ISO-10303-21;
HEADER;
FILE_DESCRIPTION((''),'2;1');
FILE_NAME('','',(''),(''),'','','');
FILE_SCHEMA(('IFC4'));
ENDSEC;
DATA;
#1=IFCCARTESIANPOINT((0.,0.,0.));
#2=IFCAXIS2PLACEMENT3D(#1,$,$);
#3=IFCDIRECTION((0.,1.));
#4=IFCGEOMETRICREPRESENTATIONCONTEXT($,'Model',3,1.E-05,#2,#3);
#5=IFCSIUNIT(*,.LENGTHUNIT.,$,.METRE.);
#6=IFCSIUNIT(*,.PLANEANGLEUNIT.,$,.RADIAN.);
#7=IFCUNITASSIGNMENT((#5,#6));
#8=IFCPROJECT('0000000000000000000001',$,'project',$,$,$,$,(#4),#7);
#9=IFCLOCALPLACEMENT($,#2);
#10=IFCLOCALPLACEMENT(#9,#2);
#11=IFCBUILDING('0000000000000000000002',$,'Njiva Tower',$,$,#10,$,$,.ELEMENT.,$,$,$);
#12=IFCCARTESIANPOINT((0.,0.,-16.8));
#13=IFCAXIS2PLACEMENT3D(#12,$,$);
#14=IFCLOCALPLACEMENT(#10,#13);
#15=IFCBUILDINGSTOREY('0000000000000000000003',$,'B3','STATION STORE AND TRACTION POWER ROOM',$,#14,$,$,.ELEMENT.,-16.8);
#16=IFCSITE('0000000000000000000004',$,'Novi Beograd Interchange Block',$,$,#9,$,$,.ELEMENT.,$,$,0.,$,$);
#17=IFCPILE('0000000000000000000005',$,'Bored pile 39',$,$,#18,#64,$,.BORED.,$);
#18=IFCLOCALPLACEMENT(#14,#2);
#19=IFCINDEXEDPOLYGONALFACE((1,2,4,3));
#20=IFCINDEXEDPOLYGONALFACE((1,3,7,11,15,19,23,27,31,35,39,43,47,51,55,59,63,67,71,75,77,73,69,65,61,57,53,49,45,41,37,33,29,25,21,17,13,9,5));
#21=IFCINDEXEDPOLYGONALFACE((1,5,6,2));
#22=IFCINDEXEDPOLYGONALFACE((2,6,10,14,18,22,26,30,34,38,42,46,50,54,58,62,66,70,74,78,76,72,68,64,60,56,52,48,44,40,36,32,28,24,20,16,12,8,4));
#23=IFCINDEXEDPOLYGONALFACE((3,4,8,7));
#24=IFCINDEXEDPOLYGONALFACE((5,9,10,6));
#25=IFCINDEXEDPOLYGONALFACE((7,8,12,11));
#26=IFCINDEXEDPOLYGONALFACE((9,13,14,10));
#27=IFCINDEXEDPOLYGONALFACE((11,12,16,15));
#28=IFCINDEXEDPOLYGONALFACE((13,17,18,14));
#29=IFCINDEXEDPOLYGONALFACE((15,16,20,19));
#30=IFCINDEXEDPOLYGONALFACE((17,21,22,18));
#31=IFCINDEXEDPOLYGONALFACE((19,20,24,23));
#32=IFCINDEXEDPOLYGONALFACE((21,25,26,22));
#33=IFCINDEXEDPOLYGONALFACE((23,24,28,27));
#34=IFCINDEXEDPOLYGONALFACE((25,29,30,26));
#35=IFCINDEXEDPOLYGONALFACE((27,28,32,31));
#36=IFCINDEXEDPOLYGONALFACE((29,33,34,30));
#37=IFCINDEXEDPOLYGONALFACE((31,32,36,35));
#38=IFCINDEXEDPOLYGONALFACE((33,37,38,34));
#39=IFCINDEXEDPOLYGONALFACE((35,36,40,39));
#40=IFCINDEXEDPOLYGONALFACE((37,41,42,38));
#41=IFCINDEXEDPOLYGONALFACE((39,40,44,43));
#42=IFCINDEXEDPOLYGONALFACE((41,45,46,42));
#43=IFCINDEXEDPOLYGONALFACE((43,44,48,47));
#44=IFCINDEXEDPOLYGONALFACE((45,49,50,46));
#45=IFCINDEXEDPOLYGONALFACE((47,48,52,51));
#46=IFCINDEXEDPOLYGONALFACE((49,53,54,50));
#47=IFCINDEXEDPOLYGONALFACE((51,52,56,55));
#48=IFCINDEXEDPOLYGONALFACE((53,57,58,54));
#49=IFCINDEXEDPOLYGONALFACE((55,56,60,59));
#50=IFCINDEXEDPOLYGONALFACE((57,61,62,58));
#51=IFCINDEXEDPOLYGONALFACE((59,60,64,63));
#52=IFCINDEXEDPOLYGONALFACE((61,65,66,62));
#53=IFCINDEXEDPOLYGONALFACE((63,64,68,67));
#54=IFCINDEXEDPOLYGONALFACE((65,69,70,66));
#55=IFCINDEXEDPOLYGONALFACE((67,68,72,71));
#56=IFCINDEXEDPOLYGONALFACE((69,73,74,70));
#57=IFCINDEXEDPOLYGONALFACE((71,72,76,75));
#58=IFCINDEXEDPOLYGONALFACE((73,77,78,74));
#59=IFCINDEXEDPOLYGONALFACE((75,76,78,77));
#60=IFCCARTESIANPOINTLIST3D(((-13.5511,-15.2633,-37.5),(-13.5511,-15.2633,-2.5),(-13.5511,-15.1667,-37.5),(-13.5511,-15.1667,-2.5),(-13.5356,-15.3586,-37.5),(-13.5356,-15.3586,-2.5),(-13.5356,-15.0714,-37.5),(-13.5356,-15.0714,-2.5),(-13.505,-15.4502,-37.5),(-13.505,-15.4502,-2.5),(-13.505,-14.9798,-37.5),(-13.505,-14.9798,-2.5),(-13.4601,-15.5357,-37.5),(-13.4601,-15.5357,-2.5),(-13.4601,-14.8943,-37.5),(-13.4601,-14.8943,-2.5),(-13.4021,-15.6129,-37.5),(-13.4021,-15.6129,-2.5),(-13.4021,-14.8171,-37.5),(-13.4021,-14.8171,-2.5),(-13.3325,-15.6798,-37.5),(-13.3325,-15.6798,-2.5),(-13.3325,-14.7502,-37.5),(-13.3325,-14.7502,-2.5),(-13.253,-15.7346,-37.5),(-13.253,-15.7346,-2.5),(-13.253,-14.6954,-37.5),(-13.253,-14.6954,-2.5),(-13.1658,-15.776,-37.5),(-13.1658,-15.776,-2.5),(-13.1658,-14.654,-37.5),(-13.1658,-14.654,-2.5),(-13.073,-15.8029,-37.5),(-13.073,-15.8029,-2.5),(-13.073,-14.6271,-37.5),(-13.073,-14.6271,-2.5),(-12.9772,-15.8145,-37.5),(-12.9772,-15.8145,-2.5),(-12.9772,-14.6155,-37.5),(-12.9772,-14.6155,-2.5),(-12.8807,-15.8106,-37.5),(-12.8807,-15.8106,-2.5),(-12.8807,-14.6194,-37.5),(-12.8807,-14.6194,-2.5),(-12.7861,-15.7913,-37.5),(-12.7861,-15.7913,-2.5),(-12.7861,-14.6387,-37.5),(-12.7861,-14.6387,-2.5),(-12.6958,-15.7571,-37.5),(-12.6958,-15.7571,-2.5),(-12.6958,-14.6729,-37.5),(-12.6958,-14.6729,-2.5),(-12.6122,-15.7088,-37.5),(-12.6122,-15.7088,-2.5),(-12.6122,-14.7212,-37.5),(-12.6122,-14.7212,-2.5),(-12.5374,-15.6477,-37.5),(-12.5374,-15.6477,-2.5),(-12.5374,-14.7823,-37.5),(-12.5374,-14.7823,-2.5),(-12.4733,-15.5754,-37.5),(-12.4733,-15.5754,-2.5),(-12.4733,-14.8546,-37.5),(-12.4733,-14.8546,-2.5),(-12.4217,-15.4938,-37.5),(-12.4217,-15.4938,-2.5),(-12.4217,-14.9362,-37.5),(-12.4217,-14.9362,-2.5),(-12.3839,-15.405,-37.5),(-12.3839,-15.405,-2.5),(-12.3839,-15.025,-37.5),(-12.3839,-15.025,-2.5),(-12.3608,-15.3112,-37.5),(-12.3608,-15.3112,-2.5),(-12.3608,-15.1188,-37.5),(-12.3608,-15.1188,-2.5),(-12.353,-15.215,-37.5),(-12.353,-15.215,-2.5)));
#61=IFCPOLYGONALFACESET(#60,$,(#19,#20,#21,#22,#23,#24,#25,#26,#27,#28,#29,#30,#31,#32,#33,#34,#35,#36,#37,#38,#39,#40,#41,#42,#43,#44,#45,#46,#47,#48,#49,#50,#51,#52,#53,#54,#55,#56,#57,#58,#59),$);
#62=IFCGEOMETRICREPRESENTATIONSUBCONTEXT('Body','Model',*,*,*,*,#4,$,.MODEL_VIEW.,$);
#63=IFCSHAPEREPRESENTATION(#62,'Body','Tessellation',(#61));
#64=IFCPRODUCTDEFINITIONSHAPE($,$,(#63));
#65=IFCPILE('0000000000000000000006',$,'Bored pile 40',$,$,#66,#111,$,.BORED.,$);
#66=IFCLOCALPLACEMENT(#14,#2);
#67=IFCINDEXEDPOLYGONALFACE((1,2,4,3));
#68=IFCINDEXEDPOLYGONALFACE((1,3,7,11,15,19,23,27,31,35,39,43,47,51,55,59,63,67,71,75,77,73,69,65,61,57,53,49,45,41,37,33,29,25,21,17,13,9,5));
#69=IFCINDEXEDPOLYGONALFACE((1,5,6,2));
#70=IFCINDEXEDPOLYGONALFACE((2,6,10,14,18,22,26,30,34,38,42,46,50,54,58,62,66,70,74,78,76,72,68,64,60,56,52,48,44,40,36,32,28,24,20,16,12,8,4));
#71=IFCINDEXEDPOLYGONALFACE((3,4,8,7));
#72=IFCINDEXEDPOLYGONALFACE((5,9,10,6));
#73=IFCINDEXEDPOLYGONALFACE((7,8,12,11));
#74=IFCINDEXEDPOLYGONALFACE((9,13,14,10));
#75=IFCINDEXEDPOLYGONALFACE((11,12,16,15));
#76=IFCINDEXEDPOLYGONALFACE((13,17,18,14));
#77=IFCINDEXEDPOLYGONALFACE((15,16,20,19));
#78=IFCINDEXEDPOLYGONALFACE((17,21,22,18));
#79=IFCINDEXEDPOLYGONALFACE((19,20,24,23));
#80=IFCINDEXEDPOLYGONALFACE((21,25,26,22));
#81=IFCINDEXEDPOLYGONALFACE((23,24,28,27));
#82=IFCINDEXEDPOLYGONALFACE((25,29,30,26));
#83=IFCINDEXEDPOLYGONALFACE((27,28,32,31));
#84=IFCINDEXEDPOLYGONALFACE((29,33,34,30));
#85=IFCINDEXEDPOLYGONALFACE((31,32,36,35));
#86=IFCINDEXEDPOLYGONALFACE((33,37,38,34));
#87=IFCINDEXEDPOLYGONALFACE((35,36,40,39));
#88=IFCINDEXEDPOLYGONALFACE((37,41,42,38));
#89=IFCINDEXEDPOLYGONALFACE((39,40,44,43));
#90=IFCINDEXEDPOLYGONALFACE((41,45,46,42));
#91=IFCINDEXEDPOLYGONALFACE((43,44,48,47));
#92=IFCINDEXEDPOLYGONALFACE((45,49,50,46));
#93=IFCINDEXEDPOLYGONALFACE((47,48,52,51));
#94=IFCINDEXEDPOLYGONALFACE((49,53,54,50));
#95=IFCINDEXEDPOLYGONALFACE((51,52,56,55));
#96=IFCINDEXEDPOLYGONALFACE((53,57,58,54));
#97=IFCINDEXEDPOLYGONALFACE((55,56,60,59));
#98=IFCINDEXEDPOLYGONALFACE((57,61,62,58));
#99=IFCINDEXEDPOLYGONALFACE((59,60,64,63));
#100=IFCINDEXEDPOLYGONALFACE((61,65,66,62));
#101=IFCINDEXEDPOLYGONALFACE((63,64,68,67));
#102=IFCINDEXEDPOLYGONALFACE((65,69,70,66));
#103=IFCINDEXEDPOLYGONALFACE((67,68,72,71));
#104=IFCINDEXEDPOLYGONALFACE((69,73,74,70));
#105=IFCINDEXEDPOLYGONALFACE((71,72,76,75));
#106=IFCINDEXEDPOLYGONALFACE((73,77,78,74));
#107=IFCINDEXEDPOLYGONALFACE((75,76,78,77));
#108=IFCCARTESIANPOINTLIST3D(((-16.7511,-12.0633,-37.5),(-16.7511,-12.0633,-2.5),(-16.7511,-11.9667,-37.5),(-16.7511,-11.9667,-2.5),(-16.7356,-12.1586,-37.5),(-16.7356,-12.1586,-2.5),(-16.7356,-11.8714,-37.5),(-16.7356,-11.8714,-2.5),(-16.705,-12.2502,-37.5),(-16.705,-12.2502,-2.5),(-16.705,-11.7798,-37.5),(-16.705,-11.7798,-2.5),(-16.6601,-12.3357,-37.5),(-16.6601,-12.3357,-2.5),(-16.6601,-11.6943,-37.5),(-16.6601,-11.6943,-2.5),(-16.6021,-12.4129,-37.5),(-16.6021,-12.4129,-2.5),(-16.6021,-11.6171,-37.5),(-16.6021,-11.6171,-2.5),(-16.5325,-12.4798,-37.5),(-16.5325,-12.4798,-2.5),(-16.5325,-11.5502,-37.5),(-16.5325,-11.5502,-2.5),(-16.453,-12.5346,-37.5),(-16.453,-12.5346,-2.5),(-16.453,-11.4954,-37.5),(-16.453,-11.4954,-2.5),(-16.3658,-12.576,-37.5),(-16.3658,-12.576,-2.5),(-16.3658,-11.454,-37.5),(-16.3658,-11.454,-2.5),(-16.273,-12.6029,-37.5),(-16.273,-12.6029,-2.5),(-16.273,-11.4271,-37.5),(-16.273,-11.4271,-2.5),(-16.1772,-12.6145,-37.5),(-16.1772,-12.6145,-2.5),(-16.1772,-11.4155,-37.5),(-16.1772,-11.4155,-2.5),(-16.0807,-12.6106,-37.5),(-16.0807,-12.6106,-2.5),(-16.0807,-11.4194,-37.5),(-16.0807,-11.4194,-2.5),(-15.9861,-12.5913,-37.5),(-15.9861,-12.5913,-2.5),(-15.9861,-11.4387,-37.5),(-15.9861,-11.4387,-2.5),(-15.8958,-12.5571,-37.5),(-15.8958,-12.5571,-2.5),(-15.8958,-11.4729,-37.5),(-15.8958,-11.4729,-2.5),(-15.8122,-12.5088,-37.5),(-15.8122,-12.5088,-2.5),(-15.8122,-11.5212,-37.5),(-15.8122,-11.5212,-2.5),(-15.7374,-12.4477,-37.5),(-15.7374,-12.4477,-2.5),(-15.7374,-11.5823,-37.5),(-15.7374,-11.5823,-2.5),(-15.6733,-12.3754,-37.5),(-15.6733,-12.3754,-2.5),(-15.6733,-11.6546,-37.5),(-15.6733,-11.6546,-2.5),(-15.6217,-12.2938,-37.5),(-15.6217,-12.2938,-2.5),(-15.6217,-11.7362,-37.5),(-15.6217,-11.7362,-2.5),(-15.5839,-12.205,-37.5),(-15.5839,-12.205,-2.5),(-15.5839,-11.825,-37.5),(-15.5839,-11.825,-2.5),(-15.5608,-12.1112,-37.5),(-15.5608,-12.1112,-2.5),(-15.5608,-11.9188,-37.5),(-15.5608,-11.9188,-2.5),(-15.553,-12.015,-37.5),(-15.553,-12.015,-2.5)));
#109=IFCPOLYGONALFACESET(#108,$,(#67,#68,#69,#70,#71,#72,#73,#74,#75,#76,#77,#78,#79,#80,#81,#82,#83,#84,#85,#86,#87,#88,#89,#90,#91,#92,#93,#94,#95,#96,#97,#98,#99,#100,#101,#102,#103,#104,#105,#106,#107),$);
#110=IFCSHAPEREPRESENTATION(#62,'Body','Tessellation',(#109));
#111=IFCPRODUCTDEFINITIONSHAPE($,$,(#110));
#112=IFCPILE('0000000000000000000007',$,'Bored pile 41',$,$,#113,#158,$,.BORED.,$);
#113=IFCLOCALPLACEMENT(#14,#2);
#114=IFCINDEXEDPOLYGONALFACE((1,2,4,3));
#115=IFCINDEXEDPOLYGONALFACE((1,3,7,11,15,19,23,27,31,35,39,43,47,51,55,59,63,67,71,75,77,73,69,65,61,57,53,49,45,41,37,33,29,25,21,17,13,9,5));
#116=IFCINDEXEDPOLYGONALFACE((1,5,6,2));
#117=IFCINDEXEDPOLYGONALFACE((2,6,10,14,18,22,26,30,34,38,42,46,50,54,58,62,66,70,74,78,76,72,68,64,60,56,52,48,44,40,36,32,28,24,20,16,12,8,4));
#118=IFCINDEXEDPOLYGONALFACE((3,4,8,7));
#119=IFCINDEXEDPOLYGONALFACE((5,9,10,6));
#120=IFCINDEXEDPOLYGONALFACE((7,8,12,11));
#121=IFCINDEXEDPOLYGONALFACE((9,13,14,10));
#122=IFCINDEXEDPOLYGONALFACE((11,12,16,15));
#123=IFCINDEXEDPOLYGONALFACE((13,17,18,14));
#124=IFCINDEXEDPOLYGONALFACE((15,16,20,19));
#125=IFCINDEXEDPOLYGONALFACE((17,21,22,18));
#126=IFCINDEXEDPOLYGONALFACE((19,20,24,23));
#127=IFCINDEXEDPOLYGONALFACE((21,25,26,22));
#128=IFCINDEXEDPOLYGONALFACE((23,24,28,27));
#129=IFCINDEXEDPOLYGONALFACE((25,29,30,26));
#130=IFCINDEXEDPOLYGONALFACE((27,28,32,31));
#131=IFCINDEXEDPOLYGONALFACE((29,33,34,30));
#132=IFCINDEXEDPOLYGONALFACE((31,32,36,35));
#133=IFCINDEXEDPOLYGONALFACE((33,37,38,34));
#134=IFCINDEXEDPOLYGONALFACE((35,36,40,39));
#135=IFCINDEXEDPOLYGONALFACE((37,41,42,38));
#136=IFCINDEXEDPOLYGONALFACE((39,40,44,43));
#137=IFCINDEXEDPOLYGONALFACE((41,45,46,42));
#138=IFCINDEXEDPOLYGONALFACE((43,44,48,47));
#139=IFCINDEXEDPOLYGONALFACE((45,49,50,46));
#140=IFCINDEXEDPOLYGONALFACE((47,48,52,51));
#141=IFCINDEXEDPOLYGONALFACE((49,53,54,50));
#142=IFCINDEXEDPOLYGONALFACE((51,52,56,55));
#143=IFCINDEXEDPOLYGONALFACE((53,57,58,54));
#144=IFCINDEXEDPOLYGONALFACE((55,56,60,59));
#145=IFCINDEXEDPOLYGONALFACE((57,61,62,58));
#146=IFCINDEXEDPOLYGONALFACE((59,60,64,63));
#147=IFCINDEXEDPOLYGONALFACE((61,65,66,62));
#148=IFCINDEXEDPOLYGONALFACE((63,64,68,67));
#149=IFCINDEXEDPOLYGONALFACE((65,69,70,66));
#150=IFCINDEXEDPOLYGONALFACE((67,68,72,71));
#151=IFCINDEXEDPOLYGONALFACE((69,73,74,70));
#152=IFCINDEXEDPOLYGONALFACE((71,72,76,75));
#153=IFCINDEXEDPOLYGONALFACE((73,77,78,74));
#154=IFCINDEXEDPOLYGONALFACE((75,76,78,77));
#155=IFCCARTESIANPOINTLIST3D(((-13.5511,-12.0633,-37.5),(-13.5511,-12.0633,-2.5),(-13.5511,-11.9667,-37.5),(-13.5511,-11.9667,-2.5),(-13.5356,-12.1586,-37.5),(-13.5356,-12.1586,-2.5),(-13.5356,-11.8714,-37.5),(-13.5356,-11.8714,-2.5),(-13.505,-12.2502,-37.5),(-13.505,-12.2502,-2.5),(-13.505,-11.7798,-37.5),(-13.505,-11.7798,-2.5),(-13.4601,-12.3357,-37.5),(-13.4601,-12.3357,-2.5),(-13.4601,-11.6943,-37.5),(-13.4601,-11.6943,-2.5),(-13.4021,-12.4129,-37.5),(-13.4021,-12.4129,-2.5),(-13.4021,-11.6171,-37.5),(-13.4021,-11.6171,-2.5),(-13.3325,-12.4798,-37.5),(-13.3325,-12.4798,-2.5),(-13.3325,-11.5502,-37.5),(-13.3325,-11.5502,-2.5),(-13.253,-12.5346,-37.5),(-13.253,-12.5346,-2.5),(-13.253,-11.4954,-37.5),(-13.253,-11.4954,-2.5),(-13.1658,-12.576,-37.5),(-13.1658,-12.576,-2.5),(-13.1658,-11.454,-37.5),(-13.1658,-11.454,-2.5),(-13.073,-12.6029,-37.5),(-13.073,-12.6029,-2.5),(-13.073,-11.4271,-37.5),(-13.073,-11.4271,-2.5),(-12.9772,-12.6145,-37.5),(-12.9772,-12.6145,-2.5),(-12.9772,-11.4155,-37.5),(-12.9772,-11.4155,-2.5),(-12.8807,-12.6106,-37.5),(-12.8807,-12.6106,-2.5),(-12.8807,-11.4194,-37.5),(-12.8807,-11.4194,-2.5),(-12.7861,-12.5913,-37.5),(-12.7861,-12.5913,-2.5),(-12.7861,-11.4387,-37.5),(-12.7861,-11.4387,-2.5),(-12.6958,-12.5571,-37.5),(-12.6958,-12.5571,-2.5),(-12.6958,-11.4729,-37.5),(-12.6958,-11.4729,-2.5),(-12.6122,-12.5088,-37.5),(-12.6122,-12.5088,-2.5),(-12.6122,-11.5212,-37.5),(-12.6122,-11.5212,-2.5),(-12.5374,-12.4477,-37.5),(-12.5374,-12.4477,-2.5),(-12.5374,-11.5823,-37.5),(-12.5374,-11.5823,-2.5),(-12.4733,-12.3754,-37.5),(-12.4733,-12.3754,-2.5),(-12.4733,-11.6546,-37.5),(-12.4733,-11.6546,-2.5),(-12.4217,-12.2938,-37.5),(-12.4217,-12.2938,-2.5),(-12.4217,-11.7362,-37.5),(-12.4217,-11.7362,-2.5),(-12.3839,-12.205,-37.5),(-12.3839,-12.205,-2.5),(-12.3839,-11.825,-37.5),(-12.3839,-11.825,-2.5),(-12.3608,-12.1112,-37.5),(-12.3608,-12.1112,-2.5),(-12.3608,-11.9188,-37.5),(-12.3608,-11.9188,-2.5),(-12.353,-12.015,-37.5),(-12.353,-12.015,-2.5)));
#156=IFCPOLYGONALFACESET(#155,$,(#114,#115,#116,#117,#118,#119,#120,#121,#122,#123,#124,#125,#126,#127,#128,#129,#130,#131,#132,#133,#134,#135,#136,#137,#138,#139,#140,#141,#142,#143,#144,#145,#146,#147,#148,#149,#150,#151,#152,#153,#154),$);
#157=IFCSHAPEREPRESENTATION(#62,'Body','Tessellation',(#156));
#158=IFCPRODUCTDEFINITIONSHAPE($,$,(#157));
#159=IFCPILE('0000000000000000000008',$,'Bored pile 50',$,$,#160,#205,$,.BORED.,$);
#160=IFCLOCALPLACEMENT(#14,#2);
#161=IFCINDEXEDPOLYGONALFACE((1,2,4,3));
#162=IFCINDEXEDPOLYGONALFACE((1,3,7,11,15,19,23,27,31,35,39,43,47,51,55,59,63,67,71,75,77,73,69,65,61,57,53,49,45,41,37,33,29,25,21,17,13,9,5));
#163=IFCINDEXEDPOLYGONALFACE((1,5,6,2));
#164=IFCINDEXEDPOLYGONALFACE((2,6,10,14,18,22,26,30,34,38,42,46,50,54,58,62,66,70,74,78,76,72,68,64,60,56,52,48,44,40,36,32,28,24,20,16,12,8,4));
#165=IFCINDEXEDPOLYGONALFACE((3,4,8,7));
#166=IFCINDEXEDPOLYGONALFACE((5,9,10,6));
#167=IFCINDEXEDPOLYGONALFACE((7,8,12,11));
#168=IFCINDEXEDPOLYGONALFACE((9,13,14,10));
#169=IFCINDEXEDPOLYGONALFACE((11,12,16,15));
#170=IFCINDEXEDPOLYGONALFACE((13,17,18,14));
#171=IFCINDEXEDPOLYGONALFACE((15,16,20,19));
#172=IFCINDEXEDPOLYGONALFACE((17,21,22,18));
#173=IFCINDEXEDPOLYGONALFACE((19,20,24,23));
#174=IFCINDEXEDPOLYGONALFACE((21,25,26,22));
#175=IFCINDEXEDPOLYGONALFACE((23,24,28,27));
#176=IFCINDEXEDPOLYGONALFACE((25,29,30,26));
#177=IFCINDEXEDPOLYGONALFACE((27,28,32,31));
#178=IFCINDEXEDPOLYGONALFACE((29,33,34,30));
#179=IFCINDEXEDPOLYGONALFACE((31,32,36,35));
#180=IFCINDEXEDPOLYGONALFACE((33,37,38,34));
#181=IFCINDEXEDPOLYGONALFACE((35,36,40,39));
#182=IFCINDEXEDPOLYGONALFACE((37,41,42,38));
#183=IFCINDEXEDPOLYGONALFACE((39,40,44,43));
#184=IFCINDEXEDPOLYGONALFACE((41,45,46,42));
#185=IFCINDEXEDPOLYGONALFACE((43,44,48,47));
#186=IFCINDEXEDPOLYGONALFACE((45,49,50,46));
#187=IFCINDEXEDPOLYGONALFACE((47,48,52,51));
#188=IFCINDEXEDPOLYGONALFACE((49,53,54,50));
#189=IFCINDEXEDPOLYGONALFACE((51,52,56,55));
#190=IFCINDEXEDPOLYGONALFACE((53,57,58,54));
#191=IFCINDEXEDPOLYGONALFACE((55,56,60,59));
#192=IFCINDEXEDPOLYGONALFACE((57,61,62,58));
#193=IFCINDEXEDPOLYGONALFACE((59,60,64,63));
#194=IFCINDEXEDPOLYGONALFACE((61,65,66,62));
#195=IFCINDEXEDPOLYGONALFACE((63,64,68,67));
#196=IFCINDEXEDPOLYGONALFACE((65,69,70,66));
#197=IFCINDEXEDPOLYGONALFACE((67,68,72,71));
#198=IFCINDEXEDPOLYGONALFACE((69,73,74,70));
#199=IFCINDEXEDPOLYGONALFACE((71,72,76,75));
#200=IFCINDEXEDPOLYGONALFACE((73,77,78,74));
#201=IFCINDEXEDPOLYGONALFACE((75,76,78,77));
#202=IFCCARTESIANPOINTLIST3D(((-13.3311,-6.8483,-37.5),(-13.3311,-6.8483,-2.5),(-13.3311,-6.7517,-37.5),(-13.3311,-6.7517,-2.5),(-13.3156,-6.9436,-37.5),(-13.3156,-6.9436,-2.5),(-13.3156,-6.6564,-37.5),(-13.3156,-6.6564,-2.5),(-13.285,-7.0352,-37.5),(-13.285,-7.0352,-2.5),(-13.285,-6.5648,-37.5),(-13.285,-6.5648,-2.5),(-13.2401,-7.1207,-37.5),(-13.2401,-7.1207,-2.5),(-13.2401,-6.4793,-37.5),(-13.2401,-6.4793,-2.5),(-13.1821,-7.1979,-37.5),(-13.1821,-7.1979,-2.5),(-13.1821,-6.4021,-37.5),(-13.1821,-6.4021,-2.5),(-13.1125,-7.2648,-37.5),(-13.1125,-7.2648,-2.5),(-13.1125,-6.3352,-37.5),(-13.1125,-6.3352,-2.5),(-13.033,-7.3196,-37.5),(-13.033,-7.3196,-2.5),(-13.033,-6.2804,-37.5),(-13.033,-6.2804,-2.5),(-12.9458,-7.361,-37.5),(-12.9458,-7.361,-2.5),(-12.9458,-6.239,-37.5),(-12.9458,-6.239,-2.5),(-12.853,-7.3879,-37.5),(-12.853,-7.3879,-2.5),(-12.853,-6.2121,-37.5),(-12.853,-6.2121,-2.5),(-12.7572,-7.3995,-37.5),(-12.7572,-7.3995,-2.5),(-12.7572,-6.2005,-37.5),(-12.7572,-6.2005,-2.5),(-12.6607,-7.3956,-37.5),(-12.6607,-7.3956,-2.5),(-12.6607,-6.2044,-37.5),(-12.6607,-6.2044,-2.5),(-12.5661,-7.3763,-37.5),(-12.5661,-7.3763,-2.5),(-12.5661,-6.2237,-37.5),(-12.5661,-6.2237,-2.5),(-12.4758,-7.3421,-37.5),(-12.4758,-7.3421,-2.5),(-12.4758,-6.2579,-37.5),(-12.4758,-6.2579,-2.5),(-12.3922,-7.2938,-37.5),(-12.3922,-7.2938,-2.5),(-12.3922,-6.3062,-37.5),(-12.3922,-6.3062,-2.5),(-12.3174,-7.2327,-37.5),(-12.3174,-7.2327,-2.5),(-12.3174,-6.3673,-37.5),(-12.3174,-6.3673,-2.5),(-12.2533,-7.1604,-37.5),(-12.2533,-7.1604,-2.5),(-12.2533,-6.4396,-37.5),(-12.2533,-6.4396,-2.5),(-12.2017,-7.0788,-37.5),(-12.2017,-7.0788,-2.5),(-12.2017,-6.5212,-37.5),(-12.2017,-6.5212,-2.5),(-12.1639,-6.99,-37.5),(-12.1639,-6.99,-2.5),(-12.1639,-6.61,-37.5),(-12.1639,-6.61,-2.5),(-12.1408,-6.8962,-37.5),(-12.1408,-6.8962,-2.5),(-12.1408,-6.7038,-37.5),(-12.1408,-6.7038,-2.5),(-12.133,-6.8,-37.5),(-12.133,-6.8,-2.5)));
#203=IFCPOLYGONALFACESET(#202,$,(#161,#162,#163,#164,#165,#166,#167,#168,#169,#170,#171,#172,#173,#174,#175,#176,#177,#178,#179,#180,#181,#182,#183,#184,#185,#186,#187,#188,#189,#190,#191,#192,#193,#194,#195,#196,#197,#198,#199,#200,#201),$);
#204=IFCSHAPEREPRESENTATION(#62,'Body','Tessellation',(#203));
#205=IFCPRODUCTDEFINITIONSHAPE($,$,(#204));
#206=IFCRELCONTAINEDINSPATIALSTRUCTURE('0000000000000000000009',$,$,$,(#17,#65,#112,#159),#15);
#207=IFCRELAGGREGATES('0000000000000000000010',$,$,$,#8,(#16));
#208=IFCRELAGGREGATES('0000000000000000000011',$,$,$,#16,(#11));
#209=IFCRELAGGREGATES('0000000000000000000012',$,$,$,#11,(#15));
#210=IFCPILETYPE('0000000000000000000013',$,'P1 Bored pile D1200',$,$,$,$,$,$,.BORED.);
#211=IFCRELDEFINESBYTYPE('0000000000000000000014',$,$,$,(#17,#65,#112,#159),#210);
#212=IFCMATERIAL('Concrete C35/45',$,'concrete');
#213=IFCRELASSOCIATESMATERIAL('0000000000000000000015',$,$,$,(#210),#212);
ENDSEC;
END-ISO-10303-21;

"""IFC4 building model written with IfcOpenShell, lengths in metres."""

from ifc_helpers import new_model, si_unit, direction, frame, origin, origin_2d, place, context, subcontext, project, spatial, circle, extrude, material, material_profile, profile_set, type_object, element, save


model = new_model("IFC4")

# Units and contexts
model_context = context("Model", 3, precision=1e-05, world=origin(), true_north=direction((0.0, 1.0)))
body_context = subcontext(model_context, "Body", "Model", "MODEL_VIEW")
ifc_project = project(units=[si_unit("LENGTHUNIT", "METRE"), si_unit("PLANEANGLEUNIT", "RADIAN")], contexts=[model_context])

# Site, building, storey
site_placement = place(None, origin())
site = spatial("IfcSite", under=ifc_project, at=site_placement, Name="Novi Beograd Interchange Block", CompositionType="ELEMENT", RefElevation=0.0)
building_placement = place(site_placement, origin())
building = spatial("IfcBuilding", under=site, at=building_placement, Name="Njiva Tower", CompositionType="ELEMENT")
storey_placement = place(building_placement, frame((0.0, 0.0, -16.8)))
storey = spatial("IfcBuildingStorey", under=building, at=storey_placement, Name="B3", Description="STATION STORE AND TRACTION POWER ROOM", CompositionType="ELEMENT", Elevation=-16.8)

# Piles
ifc_material_1 = material(Name="Concrete C35/45", Category="concrete")
ifc_material_profile_1 = material_profile(ifc_material_1, circle(Radius=0.6, at=origin_2d()), Name="D1200")
ifc_profile_set_1 = profile_set([ifc_material_profile_1], Name="Concrete C35/45")
pile_type = type_object("IfcPileType", Name="P1 Bored pile D1200", PredefinedType="BORED", material=ifc_profile_set_1)
for number, where, z_axis, x_axis, name in (
    (1, (-12.953, -15.215, -2.5), (0.0, 0.0, -1.0), (1.0, 0.0, 0.0), "Bored pile 39"),
    (2, (-16.153, -12.015, -2.5), (0.0, 0.0, -1.0), (1.0, 0.0, 0.0), "Bored pile 40"),
    (3, (-12.953, -12.015, -2.5), (0.0, 0.0, -1.0), (1.0, 0.0, 0.0), "Bored pile 41"),
    (4, (-12.733, -6.8, -2.5), (0.0, 0.0, -1.0), (1.0, 0.0, 0.0), "Bored pile 50"),
):
    element("IfcPile", number, at=place(storey_placement, frame(where, z_axis=z_axis, x_axis=x_axis)), inside=storey, type_object=pile_type, Name=name, PredefinedType="BORED", context=body_context, shape_type="SweptSolid", body=[
        extrude(circle(Radius=0.6, at=origin_2d()), origin(), (0.0, 0.0, 1.0), 35.0),
    ])

save(model, "model.ifc")
